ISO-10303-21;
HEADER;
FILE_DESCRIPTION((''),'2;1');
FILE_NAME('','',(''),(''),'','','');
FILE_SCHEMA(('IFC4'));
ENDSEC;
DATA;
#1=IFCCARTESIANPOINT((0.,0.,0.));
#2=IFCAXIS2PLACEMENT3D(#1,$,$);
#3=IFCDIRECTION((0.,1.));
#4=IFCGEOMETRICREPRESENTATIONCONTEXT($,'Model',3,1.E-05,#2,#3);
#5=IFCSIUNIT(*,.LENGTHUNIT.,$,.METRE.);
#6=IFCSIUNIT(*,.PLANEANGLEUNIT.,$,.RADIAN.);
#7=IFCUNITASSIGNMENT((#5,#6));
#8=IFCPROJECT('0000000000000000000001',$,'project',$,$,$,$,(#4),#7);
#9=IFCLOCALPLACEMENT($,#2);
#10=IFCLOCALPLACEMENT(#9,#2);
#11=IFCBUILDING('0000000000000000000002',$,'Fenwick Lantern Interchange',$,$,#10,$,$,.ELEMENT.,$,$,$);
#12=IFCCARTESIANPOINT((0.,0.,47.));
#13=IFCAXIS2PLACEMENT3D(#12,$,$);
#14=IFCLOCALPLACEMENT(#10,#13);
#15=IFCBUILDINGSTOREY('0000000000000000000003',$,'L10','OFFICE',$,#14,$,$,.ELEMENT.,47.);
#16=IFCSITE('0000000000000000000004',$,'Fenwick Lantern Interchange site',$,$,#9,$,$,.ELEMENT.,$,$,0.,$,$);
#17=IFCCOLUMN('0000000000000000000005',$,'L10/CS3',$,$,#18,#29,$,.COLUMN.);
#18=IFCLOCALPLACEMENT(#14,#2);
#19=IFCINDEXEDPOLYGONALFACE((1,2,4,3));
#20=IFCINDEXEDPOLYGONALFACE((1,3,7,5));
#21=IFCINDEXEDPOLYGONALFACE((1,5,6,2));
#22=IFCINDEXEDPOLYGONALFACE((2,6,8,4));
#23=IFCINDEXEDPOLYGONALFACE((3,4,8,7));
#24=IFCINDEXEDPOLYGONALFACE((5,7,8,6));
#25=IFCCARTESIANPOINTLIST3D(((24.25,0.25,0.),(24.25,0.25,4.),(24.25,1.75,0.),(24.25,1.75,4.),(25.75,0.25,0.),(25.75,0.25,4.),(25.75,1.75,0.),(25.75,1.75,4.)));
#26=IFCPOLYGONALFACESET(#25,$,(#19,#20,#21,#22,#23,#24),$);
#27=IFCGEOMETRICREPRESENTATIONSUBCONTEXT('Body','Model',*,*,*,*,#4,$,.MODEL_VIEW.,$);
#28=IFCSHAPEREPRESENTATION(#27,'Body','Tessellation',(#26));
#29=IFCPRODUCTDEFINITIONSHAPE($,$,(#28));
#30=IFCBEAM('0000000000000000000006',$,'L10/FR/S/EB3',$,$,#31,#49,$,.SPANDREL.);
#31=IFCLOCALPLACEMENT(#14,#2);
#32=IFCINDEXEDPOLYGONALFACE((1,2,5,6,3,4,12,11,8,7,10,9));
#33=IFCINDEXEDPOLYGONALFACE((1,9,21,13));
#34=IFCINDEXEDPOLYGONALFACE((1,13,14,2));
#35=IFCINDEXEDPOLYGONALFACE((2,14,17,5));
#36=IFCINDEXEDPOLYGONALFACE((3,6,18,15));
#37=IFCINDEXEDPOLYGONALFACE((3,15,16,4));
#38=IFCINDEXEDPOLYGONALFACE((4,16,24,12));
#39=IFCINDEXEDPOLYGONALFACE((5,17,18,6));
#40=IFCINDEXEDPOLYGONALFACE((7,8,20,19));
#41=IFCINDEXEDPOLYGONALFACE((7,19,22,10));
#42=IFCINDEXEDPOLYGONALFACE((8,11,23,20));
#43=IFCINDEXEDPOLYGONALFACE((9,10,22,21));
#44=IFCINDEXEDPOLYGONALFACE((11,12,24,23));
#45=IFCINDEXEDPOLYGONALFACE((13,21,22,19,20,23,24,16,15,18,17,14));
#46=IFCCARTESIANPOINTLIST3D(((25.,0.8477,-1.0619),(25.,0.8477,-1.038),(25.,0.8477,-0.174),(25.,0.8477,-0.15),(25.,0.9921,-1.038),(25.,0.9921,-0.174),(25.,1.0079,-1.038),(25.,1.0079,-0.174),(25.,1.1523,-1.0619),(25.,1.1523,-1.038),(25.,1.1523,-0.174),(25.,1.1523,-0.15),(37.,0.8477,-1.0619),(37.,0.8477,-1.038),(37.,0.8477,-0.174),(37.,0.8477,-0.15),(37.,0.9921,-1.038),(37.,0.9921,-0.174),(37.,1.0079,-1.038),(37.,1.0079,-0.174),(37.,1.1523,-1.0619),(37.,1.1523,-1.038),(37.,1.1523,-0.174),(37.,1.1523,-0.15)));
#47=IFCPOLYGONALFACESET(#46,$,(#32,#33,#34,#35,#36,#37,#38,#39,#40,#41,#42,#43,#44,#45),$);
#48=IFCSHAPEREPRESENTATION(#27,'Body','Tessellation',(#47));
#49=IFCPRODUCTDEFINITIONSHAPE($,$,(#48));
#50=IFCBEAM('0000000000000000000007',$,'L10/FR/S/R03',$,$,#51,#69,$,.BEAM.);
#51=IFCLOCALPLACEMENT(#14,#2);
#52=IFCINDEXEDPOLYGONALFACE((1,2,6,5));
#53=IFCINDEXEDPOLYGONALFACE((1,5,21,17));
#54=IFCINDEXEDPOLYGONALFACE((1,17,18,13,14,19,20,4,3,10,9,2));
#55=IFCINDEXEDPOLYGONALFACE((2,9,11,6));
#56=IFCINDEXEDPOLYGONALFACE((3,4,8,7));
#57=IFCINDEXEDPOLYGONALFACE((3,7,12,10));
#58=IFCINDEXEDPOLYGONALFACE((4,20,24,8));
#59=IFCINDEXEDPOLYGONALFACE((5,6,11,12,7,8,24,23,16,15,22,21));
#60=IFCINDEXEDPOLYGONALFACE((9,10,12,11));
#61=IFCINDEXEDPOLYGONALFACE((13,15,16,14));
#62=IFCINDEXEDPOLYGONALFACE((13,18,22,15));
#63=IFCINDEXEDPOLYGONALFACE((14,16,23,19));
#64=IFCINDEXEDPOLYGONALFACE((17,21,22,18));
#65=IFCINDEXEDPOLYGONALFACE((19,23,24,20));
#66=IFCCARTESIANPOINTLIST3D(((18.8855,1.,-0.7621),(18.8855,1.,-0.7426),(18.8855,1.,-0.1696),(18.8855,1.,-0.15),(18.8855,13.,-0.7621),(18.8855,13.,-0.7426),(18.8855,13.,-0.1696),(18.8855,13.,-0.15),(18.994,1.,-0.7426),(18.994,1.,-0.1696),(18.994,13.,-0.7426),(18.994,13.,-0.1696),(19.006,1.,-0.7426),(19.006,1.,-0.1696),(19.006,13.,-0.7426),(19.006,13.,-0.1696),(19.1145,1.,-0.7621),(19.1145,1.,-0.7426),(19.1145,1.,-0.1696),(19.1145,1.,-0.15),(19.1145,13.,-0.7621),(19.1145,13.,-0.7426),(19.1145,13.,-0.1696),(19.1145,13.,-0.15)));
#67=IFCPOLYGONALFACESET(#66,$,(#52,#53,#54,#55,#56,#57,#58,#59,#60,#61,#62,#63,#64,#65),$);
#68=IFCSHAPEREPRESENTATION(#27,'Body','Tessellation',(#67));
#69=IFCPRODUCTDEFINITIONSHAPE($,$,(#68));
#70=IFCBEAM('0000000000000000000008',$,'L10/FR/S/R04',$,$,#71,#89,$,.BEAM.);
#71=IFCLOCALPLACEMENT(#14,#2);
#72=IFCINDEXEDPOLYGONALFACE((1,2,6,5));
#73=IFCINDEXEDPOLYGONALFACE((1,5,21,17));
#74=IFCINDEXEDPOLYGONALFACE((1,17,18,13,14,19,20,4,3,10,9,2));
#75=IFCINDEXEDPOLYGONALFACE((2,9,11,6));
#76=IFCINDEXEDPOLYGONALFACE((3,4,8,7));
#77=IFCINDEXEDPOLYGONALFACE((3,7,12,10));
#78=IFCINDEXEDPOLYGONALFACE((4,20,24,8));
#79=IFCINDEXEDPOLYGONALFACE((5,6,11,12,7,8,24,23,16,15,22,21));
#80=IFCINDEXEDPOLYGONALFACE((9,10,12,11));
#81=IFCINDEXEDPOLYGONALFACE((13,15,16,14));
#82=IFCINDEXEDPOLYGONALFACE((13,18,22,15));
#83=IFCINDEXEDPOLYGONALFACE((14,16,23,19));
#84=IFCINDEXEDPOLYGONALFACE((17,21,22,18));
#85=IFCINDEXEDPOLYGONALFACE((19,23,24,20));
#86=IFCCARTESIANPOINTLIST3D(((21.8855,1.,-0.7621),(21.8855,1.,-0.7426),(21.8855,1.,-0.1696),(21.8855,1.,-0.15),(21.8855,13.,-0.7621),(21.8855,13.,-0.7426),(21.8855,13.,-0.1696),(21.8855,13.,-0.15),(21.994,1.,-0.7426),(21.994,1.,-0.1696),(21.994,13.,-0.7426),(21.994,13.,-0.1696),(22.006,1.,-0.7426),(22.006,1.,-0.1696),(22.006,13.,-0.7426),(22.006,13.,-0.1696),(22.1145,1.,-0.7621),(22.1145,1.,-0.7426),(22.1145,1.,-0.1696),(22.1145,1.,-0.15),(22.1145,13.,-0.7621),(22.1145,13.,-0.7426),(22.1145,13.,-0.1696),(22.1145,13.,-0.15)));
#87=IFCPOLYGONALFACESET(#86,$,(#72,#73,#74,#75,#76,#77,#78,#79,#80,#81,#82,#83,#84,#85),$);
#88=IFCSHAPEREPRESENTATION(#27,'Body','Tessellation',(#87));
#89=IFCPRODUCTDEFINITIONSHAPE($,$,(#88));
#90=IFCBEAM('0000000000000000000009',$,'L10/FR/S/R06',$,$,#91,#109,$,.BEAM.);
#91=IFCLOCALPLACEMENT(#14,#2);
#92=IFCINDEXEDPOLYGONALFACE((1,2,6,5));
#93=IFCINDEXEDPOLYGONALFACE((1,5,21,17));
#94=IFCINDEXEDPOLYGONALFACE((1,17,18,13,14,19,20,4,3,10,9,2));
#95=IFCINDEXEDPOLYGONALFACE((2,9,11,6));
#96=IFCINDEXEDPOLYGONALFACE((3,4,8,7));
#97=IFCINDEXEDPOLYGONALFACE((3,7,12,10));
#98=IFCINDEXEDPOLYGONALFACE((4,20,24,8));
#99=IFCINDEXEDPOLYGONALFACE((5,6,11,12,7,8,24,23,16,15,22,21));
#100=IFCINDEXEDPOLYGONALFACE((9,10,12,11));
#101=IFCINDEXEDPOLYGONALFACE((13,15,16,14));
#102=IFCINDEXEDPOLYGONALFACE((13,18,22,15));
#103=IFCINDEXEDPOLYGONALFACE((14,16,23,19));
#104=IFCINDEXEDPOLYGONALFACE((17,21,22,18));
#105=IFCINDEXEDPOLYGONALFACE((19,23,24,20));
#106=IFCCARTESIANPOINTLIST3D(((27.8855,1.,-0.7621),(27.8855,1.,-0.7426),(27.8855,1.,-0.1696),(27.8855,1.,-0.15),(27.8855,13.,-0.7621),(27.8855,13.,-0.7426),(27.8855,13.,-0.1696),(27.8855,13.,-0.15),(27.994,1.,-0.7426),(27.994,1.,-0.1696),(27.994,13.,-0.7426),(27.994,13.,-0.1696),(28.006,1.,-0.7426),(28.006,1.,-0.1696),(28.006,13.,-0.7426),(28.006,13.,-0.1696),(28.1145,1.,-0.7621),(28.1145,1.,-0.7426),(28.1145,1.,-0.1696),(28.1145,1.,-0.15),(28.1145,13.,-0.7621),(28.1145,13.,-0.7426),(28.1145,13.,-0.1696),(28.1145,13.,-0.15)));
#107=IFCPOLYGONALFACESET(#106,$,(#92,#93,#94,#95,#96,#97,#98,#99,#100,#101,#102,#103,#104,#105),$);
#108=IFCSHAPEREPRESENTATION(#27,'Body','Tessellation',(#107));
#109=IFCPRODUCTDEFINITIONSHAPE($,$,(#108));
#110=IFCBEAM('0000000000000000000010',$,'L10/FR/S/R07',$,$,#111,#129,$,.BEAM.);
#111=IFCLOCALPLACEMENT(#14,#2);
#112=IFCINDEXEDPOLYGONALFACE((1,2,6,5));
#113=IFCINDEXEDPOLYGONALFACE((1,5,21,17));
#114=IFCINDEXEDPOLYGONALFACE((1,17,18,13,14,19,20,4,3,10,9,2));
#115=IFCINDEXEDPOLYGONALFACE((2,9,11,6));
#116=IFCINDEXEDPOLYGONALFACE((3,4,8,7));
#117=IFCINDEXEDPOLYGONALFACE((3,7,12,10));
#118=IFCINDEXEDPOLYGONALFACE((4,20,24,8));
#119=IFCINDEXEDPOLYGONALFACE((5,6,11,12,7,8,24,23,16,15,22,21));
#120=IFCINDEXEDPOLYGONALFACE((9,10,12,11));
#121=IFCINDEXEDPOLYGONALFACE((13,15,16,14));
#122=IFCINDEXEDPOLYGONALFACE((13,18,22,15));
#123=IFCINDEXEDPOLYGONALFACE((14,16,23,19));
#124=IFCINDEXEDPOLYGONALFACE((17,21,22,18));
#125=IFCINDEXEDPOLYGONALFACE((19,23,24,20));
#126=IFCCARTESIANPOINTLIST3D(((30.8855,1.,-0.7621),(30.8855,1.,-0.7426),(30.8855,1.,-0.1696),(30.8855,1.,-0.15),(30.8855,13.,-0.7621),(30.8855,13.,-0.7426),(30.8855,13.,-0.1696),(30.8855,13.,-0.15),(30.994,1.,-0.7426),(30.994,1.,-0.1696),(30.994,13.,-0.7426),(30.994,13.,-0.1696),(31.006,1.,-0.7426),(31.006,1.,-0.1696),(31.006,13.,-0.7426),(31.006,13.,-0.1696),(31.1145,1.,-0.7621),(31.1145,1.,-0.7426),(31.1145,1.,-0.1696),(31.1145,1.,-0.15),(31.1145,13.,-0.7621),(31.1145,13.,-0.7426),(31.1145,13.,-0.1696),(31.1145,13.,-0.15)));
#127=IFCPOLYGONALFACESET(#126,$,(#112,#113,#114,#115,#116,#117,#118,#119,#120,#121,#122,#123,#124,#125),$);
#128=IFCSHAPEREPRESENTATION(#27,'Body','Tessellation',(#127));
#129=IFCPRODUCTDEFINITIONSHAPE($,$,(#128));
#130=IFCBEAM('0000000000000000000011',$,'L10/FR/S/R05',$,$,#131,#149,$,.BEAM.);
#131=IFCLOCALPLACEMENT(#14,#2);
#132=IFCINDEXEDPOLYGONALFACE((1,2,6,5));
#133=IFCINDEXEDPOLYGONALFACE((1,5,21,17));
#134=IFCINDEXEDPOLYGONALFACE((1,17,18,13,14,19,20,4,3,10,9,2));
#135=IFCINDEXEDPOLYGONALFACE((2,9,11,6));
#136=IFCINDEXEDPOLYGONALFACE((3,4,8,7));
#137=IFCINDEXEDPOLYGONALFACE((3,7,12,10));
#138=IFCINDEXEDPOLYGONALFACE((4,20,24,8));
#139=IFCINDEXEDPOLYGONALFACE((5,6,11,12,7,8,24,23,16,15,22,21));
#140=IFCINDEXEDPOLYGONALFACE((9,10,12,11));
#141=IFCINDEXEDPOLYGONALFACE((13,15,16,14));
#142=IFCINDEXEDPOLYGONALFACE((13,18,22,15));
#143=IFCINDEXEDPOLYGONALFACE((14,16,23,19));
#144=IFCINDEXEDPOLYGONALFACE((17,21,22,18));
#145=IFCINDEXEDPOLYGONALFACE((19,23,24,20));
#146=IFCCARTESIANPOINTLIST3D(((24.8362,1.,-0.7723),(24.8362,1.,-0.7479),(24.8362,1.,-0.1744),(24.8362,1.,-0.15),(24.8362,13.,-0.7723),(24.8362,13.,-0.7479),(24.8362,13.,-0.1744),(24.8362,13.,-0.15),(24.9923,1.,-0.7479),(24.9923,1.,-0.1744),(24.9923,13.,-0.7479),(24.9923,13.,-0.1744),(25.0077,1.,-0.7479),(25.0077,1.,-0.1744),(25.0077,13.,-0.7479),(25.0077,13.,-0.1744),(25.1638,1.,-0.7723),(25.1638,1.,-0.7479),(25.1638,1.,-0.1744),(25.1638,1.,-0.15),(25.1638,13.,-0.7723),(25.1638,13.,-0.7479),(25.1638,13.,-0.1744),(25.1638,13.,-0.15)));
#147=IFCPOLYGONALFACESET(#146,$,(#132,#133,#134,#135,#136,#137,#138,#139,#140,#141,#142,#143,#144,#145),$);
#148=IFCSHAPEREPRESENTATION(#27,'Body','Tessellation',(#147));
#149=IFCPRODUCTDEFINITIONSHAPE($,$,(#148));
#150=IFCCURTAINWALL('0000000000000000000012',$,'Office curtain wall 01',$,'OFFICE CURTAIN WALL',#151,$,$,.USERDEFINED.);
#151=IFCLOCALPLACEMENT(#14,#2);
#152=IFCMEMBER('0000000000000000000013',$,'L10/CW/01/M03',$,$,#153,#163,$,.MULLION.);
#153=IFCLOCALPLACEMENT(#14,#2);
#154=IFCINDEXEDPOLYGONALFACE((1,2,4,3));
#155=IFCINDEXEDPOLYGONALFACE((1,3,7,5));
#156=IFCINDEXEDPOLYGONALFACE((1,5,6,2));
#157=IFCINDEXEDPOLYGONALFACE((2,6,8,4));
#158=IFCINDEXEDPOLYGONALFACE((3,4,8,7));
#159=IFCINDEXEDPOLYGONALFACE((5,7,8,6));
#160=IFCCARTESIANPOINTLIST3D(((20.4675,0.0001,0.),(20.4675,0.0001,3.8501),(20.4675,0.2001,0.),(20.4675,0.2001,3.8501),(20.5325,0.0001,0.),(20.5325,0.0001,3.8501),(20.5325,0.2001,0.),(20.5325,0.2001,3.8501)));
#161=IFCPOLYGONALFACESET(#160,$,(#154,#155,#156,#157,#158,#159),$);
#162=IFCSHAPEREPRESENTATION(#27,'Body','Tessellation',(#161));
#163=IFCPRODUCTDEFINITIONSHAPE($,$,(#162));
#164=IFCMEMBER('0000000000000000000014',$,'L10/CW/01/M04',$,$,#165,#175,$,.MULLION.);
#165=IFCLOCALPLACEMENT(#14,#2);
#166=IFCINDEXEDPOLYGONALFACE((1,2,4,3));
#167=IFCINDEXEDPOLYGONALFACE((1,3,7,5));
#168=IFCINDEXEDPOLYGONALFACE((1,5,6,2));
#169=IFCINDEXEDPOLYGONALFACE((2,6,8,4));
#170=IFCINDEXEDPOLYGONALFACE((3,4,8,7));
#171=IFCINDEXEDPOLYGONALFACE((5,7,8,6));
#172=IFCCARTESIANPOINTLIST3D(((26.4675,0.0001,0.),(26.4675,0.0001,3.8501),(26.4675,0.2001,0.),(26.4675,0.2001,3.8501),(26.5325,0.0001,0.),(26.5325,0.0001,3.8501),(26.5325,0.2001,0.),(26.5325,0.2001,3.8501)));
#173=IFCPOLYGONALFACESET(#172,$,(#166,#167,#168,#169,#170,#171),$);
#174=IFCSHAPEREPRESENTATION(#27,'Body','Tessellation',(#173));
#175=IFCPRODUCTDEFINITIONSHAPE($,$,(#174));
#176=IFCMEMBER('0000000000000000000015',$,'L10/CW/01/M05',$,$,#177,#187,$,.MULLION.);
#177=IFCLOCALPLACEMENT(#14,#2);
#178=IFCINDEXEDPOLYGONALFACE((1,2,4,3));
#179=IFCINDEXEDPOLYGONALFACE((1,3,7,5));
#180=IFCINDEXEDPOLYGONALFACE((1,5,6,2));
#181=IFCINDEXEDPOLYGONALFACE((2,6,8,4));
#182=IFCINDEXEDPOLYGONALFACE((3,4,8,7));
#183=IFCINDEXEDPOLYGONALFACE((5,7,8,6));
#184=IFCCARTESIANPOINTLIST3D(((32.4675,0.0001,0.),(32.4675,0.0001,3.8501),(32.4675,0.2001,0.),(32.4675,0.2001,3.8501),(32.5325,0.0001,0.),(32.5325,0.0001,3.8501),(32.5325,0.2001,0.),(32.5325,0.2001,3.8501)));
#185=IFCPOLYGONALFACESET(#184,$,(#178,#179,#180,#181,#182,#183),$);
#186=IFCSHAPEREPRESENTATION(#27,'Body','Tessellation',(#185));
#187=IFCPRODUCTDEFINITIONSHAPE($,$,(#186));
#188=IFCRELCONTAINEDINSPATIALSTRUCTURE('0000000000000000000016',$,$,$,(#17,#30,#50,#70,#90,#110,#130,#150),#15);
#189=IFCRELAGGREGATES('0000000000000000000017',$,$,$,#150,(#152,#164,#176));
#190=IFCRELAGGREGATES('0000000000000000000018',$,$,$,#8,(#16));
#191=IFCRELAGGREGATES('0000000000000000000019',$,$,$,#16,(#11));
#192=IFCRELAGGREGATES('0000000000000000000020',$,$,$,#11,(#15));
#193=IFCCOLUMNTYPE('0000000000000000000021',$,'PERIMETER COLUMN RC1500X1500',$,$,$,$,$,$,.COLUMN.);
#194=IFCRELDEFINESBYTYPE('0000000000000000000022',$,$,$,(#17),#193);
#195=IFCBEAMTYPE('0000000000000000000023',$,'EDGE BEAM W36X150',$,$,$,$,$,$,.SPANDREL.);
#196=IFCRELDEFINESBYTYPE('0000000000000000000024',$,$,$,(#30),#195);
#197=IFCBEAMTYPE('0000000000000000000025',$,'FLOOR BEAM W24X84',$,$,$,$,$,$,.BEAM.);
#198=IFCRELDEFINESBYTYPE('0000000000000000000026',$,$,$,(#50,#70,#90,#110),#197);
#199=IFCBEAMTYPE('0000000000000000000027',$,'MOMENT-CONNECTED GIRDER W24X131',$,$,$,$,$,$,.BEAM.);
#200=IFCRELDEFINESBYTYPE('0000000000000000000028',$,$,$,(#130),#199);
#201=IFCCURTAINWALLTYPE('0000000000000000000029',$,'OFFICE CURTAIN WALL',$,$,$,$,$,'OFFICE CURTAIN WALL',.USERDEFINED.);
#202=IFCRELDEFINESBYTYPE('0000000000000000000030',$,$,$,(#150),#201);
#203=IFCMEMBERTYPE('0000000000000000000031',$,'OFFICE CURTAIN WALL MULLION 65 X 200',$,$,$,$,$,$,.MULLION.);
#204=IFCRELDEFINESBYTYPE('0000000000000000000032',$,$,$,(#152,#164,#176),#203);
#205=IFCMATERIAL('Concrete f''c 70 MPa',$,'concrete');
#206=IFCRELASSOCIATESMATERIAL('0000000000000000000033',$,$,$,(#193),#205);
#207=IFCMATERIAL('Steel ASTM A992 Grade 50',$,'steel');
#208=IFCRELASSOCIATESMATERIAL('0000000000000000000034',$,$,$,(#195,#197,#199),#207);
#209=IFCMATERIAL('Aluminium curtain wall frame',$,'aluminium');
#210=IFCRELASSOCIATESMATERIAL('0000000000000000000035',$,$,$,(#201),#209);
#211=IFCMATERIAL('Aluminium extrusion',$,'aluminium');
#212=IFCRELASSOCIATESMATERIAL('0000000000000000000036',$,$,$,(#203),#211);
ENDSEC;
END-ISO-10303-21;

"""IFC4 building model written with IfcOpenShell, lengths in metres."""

from ifc_helpers import new_model, si_unit, direction, frame, origin, origin_2d, place, context, subcontext, project, spatial, rectangle, i_section, extrude, material, material_profile, profile_set, type_object, element, aggregate, save


model = new_model("IFC4")

# Units and contexts
model_context = context("Model", 3, precision=1e-05, world=origin(), true_north=direction((0.0, 1.0)))
body_context = subcontext(model_context, "Body", "Model", "MODEL_VIEW")
ifc_project = project(units=[si_unit("LENGTHUNIT", "METRE"), si_unit("PLANEANGLEUNIT", "RADIAN")], contexts=[model_context])

# Site, building, storey
site_placement = place(None, origin())
site = spatial("IfcSite", under=ifc_project, at=site_placement, Name="Fenwick Lantern Interchange site", CompositionType="ELEMENT", RefElevation=0.0)
building_placement = place(site_placement, origin())
building = spatial("IfcBuilding", under=site, at=building_placement, Name="Fenwick Lantern Interchange", CompositionType="ELEMENT")
storey_placement = place(building_placement, frame((0.0, 0.0, 47.0)))
storey = spatial("IfcBuildingStorey", under=building, at=storey_placement, Name="L10", Description="OFFICE", CompositionType="ELEMENT", Elevation=47.0)

# Column
ifc_material_1 = material(Name="Concrete f'c 70 MPa", Category="concrete")
ifc_material_profile_1 = material_profile(ifc_material_1, rectangle(XDim=1.5, YDim=1.5, at=origin_2d()), Name="RC1500X1500")
ifc_profile_set_1 = profile_set([ifc_material_profile_1], Name="Concrete f'c 70 MPa")
column_type = type_object("IfcColumnType", Name="PERIMETER COLUMN RC1500X1500", PredefinedType="COLUMN", material=ifc_profile_set_1)
column_placement = place(storey_placement, frame((25.0, 1.0, 0.0), z_axis=(0.0, 0.0, 1.0), x_axis=(1.0, 0.0, 0.0)))
element("IfcColumn", 1, at=column_placement, inside=storey, type_object=column_type, Name="L10/CS3", PredefinedType="COLUMN", context=body_context, shape_type="SweptSolid", body=[
    extrude(rectangle(XDim=1.5, YDim=1.5, at=origin_2d()), origin(), (0.0, 0.0, 1.0), 4.0),
])

# Beams
ifc_material_2 = material(Name="Steel ASTM A992 Grade 50", Category="steel")
ifc_material_profile_2 = material_profile(ifc_material_2, i_section(OverallWidth=0.3047, OverallDepth=0.9119, WebThickness=0.0159, FlangeThickness=0.0239, at=origin_2d()), Name="W36X150")
ifc_profile_set_2 = profile_set([ifc_material_profile_2], Name="Steel ASTM A992 Grade 50")
beam_type_1 = type_object("IfcBeamType", Name="EDGE BEAM W36X150", PredefinedType="SPANDREL", material=ifc_profile_set_2)
beam_1_placement = place(storey_placement, frame((25.0, 1.0, -0.606), z_axis=(1.0, 0.0, 0.0), x_axis=(0.0, 1.0, 0.0)))
element("IfcBeam", 2, at=beam_1_placement, inside=storey, type_object=beam_type_1, Name="L10/FR/S/EB3", PredefinedType="SPANDREL", context=body_context, shape_type="SweptSolid", body=[
    extrude(i_section(OverallWidth=0.3047, OverallDepth=0.9119, WebThickness=0.0159, FlangeThickness=0.0239, at=origin_2d()), origin(), (0.0, 0.0, 1.0), 12.0),
])
ifc_material_profile_3 = material_profile(ifc_material_2, i_section(OverallWidth=0.229, OverallDepth=0.6121, WebThickness=0.012, FlangeThickness=0.0195, at=origin_2d()), Name="W24X84")
ifc_profile_set_3 = profile_set([ifc_material_profile_3], Name="Steel ASTM A992 Grade 50")
beam_type_2 = type_object("IfcBeamType", Name="FLOOR BEAM W24X84", PredefinedType="BEAM", material=ifc_profile_set_3)
for number, where, z_axis, x_axis, name in (
    (3, (19.0, 1.0, -0.4561), (0.0, 1.0, 0.0), (-1.0, 0.0, 0.0), "L10/FR/S/R03"),
    (4, (22.0, 1.0, -0.4561), (0.0, 1.0, 0.0), (-1.0, 0.0, 0.0), "L10/FR/S/R04"),
    (5, (28.0, 1.0, -0.4561), (0.0, 1.0, 0.0), (-1.0, 0.0, 0.0), "L10/FR/S/R06"),
    (6, (31.0, 1.0, -0.4561), (0.0, 1.0, 0.0), (-1.0, 0.0, 0.0), "L10/FR/S/R07"),
):
    element("IfcBeam", number, at=place(storey_placement, frame(where, z_axis=z_axis, x_axis=x_axis)), inside=storey, type_object=beam_type_2, Name=name, PredefinedType="BEAM", context=body_context, shape_type="SweptSolid", body=[
        extrude(i_section(OverallWidth=0.229, OverallDepth=0.6121, WebThickness=0.012, FlangeThickness=0.0195, at=origin_2d()), origin(), (0.0, 0.0, 1.0), 12.0),
    ])
ifc_material_profile_4 = material_profile(ifc_material_2, i_section(OverallWidth=0.3276, OverallDepth=0.6223, WebThickness=0.0154, FlangeThickness=0.0244, at=origin_2d()), Name="W24X131")
ifc_profile_set_4 = profile_set([ifc_material_profile_4], Name="Steel ASTM A992 Grade 50")
beam_type_3 = type_object("IfcBeamType", Name="MOMENT-CONNECTED GIRDER W24X131", PredefinedType="BEAM", material=ifc_profile_set_4)
beam_2_placement = place(storey_placement, frame((25.0, 1.0, -0.4612), z_axis=(0.0, 1.0, 0.0), x_axis=(-1.0, 0.0, 0.0)))
element("IfcBeam", 7, at=beam_2_placement, inside=storey, type_object=beam_type_3, Name="L10/FR/S/R05", PredefinedType="BEAM", context=body_context, shape_type="SweptSolid", body=[
    extrude(i_section(OverallWidth=0.3276, OverallDepth=0.6223, WebThickness=0.0154, FlangeThickness=0.0244, at=origin_2d()), origin(), (0.0, 0.0, 1.0), 12.0),
])

# Curtain wall, members
ifc_material_3 = material(Name="Aluminium curtain wall frame", Category="aluminium")
curtain_wall_type = type_object("IfcCurtainWallType", Name="OFFICE CURTAIN WALL", ElementType="OFFICE CURTAIN WALL", PredefinedType="USERDEFINED", material=ifc_material_3)
curtain_wall_placement = place(storey_placement, origin())
curtain_wall = element("IfcCurtainWall", 8, at=curtain_wall_placement, inside=storey, type_object=curtain_wall_type, Name="Office curtain wall 01", ObjectType="OFFICE CURTAIN WALL", PredefinedType="USERDEFINED")
ifc_material_4 = material(Name="Aluminium extrusion", Category="aluminium")
ifc_material_profile_5 = material_profile(ifc_material_4, rectangle(XDim=0.2, YDim=0.0649, at=origin_2d()), Name="OFFICE CURTAIN WALL MULLION 65 X 200")
ifc_profile_set_5 = profile_set([ifc_material_profile_5], Name="Aluminium extrusion")
member_type_1 = type_object("IfcMemberType", Name="OFFICE CURTAIN WALL MULLION 65 X 200", PredefinedType="MULLION", material=ifc_profile_set_5)
member_1_placement = place(storey_placement, frame((20.5, 0.1001, 0.0), z_axis=(0.0, 0.0, 1.0), x_axis=(0.0, 1.0, 0.0)))
member_1 = element("IfcMember", 9, at=member_1_placement, type_object=member_type_1, Name="L10/CW/01/M03", PredefinedType="MULLION", context=body_context, shape_type="SweptSolid", body=[
    extrude(rectangle(XDim=0.2, YDim=0.0649, at=origin_2d()), origin(), (0.0, 0.0, 1.0), 3.8501),
])
member_2_placement = place(storey_placement, frame((26.5, 0.1001, 0.0), z_axis=(0.0, 0.0, 1.0), x_axis=(0.0, 1.0, 0.0)))
member_2 = element("IfcMember", 10, at=member_2_placement, type_object=member_type_1, Name="L10/CW/01/M04", PredefinedType="MULLION", context=body_context, shape_type="SweptSolid", body=[
    extrude(rectangle(XDim=0.2, YDim=0.0649, at=origin_2d()), origin(), (0.0, 0.0, 1.0), 3.8501),
])
member_3_placement = place(storey_placement, frame((32.5, 0.1001, 0.0), z_axis=(0.0, 0.0, 1.0), x_axis=(0.0, 1.0, 0.0)))
member_3 = element("IfcMember", 11, at=member_3_placement, type_object=member_type_1, Name="L10/CW/01/M05", PredefinedType="MULLION", context=body_context, shape_type="SweptSolid", body=[
    extrude(rectangle(XDim=0.2, YDim=0.0649, at=origin_2d()), origin(), (0.0, 0.0, 1.0), 3.8501),
])
aggregate(curtain_wall, [member_1, member_2, member_3])

save(model, "model.ifc")
